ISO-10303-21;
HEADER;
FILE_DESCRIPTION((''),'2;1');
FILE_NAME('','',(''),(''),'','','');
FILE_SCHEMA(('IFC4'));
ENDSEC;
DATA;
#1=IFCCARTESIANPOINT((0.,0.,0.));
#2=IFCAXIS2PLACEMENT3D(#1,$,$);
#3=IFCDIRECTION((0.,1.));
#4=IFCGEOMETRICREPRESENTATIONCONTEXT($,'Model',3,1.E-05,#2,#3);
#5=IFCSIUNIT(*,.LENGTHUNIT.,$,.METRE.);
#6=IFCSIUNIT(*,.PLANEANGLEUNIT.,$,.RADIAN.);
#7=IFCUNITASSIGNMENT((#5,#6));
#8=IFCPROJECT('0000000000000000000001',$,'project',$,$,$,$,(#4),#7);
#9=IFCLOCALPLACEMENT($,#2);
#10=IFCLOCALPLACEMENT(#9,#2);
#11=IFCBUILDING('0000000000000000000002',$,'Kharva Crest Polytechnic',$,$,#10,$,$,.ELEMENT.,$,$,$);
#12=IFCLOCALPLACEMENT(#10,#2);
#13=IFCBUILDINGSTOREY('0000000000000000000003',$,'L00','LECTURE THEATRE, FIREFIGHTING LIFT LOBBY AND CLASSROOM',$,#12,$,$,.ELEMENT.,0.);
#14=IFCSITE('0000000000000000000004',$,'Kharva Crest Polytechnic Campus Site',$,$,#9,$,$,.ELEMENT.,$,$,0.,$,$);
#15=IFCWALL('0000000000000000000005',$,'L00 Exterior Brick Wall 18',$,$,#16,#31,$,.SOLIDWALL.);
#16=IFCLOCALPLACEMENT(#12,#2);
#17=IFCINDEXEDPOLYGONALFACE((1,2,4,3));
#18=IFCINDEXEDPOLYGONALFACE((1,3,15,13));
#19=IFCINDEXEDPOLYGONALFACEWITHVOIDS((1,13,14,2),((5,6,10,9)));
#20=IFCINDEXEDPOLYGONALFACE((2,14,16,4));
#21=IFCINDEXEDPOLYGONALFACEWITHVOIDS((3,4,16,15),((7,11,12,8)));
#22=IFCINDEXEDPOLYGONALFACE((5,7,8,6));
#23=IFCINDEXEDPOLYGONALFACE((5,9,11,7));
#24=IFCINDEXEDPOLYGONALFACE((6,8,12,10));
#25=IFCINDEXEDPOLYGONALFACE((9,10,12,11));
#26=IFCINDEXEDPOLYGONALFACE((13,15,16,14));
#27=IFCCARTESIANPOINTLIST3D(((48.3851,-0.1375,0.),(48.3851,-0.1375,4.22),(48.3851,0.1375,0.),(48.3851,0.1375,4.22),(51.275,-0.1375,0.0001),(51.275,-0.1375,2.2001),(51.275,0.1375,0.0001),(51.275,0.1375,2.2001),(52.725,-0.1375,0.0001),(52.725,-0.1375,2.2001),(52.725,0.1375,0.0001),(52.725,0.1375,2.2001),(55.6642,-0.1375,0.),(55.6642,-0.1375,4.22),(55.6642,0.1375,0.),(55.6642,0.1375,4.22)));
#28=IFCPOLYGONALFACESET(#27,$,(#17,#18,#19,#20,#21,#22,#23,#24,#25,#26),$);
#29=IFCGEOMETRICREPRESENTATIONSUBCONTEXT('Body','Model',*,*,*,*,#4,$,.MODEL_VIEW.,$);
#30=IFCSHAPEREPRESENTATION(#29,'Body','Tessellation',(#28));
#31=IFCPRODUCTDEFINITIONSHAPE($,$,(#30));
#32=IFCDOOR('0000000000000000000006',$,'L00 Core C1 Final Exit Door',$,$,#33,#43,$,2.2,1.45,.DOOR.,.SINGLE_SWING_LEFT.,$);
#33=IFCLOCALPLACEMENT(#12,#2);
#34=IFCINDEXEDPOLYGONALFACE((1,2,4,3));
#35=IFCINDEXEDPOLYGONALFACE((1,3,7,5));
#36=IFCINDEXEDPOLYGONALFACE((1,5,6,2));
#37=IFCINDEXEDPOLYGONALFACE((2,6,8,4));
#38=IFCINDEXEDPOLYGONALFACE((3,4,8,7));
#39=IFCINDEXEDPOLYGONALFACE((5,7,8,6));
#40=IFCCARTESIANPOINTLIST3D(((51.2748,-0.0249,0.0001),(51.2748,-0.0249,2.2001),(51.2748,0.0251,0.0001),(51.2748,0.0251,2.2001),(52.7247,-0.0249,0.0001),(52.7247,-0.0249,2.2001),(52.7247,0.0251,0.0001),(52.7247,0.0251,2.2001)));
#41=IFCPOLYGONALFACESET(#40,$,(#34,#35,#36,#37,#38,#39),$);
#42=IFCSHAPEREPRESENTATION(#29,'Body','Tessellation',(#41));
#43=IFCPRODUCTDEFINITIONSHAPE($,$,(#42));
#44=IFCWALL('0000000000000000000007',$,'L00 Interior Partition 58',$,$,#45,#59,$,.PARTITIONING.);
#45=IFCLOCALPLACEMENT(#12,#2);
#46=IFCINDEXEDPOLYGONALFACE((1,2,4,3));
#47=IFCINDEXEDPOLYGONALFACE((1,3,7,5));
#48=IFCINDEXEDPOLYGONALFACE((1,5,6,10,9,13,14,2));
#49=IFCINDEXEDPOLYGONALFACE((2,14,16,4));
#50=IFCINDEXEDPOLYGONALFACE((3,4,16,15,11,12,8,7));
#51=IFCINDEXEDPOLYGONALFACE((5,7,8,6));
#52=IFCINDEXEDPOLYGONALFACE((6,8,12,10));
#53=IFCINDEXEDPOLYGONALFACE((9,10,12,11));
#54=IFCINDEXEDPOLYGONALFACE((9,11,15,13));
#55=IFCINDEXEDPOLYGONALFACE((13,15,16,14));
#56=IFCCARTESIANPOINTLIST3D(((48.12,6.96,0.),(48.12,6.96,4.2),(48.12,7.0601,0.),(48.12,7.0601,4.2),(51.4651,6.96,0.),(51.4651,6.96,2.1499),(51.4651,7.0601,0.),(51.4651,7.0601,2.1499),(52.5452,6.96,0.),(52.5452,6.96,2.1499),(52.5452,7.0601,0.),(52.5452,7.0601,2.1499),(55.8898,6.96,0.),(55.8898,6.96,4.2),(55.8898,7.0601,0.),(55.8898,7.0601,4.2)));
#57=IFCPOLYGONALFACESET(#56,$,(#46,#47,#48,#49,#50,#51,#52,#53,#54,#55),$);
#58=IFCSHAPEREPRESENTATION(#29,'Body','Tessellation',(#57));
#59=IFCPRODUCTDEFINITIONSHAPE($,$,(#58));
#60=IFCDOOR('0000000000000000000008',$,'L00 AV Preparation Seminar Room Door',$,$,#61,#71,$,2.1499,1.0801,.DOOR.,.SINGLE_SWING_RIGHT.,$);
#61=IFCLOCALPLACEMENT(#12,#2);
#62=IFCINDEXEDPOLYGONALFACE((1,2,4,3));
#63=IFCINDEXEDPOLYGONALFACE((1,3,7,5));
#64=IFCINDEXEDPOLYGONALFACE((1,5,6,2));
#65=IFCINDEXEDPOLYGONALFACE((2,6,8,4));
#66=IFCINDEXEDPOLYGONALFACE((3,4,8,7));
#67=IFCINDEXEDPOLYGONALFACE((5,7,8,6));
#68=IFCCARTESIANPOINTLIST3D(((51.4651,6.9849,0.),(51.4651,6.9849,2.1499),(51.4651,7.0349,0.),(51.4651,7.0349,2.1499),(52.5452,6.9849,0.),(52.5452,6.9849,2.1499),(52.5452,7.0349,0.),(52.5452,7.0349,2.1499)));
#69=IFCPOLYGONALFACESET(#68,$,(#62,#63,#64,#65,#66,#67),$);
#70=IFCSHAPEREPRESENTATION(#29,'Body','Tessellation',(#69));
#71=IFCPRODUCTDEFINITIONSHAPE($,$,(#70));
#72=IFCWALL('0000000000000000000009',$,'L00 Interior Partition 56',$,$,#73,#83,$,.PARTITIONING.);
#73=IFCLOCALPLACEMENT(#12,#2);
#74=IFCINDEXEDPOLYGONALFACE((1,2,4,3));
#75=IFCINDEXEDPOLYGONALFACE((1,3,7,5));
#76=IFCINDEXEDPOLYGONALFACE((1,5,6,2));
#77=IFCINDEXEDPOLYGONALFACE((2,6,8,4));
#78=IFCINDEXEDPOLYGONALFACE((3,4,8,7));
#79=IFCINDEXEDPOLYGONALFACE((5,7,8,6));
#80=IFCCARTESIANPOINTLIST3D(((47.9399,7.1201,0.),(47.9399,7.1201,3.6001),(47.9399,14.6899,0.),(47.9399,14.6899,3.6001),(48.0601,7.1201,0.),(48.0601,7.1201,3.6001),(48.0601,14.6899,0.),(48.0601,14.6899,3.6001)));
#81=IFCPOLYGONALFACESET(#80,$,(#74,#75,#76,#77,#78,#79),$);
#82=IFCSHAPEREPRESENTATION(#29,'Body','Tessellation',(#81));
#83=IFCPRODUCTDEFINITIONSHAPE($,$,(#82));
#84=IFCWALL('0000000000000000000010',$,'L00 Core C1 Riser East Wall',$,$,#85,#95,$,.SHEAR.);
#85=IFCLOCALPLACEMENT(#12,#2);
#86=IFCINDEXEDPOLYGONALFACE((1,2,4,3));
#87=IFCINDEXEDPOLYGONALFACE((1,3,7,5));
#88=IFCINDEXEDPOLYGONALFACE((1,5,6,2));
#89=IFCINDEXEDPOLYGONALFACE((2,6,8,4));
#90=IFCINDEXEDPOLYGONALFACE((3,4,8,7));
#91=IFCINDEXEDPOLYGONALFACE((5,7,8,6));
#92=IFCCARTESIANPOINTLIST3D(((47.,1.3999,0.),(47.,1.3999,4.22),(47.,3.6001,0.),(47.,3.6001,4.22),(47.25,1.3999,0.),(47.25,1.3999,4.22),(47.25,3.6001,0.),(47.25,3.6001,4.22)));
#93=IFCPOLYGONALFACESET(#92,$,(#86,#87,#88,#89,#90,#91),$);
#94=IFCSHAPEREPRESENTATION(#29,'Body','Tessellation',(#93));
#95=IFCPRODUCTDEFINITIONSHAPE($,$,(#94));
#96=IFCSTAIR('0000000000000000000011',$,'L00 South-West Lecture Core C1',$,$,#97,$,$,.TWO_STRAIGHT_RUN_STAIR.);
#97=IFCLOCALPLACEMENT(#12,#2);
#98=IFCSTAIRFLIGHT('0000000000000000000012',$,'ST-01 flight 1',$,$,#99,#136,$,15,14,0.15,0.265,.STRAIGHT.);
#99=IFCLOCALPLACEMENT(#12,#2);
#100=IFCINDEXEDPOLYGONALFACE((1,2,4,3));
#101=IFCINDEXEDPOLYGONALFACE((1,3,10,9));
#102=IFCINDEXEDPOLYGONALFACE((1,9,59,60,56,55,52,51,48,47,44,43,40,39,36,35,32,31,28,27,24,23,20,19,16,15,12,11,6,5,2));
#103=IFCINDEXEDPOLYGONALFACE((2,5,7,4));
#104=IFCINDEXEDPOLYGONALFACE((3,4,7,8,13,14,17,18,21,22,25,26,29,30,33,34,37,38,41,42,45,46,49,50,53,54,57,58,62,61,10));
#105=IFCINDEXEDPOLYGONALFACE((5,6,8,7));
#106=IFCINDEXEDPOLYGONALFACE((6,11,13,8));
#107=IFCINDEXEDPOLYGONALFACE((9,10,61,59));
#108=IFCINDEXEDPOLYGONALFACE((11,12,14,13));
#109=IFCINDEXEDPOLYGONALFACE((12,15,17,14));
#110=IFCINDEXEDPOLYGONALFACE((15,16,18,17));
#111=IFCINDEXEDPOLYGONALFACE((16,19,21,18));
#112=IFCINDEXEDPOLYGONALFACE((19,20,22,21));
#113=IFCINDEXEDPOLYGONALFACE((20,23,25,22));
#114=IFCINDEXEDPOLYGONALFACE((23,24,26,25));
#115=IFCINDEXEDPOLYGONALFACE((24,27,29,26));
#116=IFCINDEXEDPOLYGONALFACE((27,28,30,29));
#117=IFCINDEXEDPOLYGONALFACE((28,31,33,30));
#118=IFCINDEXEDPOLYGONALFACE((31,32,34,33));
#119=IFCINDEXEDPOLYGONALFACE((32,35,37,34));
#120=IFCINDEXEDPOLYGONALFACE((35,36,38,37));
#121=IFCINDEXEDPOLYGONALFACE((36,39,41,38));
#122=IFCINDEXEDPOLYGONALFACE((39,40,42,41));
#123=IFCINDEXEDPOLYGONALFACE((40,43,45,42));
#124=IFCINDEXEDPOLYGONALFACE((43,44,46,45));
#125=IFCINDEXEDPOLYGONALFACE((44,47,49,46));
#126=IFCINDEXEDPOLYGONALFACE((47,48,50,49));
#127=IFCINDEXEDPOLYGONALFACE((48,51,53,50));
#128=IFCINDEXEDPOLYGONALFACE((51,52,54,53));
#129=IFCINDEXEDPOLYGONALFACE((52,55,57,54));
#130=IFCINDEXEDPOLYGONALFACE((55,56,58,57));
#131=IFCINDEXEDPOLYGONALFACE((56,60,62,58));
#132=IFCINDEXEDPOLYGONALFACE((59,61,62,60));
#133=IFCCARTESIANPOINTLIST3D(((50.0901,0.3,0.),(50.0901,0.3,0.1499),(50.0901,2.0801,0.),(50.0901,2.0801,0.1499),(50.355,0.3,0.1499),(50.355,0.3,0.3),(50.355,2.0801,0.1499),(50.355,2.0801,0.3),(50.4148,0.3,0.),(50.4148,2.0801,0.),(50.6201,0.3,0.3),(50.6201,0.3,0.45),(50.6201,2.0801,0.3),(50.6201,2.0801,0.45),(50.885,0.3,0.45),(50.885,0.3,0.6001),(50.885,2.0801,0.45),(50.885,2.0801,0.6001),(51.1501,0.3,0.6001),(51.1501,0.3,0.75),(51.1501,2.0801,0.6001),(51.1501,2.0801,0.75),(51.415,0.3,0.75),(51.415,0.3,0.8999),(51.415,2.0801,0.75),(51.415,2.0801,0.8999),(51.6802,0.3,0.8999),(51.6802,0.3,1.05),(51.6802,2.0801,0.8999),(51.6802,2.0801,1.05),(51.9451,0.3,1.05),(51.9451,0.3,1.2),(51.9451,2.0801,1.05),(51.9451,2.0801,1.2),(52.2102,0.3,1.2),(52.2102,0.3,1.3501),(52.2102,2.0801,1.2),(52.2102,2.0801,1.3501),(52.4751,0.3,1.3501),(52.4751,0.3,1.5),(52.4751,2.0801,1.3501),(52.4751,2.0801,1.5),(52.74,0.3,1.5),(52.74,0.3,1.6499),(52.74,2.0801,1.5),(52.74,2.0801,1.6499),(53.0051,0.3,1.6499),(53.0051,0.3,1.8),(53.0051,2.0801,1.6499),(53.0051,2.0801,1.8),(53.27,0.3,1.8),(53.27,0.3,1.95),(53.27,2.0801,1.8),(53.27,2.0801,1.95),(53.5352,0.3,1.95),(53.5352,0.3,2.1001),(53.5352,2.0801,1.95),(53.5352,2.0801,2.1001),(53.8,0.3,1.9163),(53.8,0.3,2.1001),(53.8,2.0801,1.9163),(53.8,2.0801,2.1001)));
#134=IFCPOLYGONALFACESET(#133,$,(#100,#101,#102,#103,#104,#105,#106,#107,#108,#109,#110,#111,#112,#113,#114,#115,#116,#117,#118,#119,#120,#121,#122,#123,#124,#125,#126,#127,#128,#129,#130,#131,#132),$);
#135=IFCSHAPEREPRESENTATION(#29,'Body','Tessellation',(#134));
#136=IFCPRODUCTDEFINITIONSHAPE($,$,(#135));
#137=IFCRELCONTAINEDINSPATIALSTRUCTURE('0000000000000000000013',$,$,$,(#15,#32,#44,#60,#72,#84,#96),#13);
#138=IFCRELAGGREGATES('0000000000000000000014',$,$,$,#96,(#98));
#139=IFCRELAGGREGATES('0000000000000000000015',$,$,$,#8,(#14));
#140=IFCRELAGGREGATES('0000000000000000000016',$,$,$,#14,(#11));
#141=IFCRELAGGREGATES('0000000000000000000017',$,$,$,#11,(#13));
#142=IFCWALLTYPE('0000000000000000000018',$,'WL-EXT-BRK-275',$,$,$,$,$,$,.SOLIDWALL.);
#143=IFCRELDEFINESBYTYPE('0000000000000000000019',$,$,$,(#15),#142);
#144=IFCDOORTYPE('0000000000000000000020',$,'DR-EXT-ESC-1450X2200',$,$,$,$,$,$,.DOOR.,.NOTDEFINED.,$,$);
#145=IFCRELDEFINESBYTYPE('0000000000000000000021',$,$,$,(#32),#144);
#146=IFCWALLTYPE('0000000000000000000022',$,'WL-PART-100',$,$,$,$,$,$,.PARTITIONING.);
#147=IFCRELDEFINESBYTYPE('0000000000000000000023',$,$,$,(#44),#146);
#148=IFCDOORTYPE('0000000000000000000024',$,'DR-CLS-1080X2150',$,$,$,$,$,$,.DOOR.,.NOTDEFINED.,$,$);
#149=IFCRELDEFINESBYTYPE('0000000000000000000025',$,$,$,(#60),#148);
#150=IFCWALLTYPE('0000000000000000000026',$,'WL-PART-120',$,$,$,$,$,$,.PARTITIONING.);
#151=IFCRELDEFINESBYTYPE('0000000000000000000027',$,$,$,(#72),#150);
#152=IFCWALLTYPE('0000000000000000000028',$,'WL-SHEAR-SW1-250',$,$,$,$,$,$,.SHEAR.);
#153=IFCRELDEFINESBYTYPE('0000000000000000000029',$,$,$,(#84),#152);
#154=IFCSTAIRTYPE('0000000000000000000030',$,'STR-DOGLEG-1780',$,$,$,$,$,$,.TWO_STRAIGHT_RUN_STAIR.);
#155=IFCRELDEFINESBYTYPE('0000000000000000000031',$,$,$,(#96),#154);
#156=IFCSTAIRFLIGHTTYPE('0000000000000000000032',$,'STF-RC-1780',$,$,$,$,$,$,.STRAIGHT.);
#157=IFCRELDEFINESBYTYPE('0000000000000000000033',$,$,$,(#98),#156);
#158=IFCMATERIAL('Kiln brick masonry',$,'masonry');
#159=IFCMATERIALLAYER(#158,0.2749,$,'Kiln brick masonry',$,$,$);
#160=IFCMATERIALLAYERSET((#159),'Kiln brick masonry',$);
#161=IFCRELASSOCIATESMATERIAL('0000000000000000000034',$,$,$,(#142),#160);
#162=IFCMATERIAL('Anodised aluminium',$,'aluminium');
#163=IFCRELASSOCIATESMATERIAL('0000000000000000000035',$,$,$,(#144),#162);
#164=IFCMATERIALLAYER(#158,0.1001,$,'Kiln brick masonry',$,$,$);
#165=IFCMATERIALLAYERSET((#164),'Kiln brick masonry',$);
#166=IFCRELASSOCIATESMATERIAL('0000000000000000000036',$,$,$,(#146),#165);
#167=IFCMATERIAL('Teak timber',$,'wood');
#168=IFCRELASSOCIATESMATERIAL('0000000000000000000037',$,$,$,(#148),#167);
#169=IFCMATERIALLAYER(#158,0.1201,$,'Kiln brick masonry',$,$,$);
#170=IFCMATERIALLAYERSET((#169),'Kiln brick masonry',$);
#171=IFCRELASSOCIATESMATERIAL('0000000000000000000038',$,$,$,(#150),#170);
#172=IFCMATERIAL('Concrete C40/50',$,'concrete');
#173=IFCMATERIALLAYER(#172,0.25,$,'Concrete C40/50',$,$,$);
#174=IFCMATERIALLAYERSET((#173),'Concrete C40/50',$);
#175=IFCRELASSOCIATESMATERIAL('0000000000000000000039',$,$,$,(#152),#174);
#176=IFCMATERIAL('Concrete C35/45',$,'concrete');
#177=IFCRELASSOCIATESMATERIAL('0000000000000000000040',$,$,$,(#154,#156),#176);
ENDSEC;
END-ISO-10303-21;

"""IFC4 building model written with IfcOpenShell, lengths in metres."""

from ifc_helpers import new_model, si_unit, direction, frame, frame_2d, origin, place, context, subcontext, project, spatial, polyline, rectangle, outline, extrude, material, layer, layer_set, type_object, element, fill, aggregate, save


model = new_model("IFC4")

# Units and contexts
model_context = context("Model", 3, precision=1e-05, world=origin(), true_north=direction((0.0, 1.0)))
body_context = subcontext(model_context, "Body", "Model", "MODEL_VIEW")
ifc_project = project(units=[si_unit("LENGTHUNIT", "METRE"), si_unit("PLANEANGLEUNIT", "RADIAN")], contexts=[model_context])

# Site, building, storey
site_placement = place(None, origin())
site = spatial("IfcSite", under=ifc_project, at=site_placement, Name="Kharva Crest Polytechnic Campus Site", CompositionType="ELEMENT", RefElevation=0.0)
building_placement = place(site_placement, origin())
building = spatial("IfcBuilding", under=site, at=building_placement, Name="Kharva Crest Polytechnic", CompositionType="ELEMENT")
storey_placement = place(building_placement, origin())
storey = spatial("IfcBuildingStorey", under=building, at=storey_placement, Name="L00", Description="LECTURE THEATRE, FIREFIGHTING LIFT LOBBY AND CLASSROOM", CompositionType="ELEMENT", Elevation=0.0)

# Shared definitions
ifc_material_1 = material(Name="Concrete C35/45", Category="concrete")

# Shared definitions
ifc_material_2 = material(Name="Concrete C40/50", Category="concrete")

# Shared definitions
ifc_material_3 = material(Name="Teak timber", Category="wood")

# Walls, openings, doors
ifc_material_4 = material(Name="Kiln brick masonry", Category="masonry")
ifc_layer_1 = layer(ifc_material_4, 0.2749, Name="Kiln brick masonry")
ifc_layer_set_1 = layer_set([ifc_layer_1], Name="Kiln brick masonry")
wall_type_1 = type_object("IfcWallType", Name="WL-EXT-BRK-275", PredefinedType="SOLIDWALL", material=ifc_layer_set_1)
wall_1_placement = place(storey_placement, frame((48.385, 0.0, 0.0), z_axis=(0.0, 0.0, 1.0), x_axis=(1.0, 0.0, 0.0)))
wall_1 = element("IfcWall", 1, at=wall_1_placement, inside=storey, type_object=wall_type_1, Name="L00 Exterior Brick Wall 18", PredefinedType="SOLIDWALL", context=body_context, shape_type="SweptSolid", body=[
    extrude(rectangle(XDim=7.2791, YDim=0.2749, at=frame_2d((3.6396, 0.0))), origin(), (0.0, 0.0, 1.0), 4.22),
])
opening_1_placement = place(wall_1_placement, frame((2.8899, 0.0, 0.0)))
opening_1 = element("IfcOpeningElement", 2, at=opening_1_placement, cuts=wall_1, PredefinedType="OPENING", context=body_context, shape_type="SweptSolid", body=[
    extrude(rectangle(XDim=1.45, YDim=2.2, at=frame_2d((0.7251, 1.1001))), frame((0.0, 0.1475, 0.0), z_axis=(0.0, -1.0, 0.0), x_axis=(1.0, 0.0, 0.0)), (0.0, 0.0, 1.0), 0.2949),
])
ifc_material_5 = material(Name="Anodised aluminium", Category="aluminium")
door_type_1 = type_object("IfcDoorType", Name="DR-EXT-ESC-1450X2200", OperationType="NOTDEFINED", PredefinedType="DOOR", material=ifc_material_5)
door_1_placement = place(opening_1_placement, frame((1.45, 0.0, 0.0), z_axis=(0.0, 0.0, 1.0), x_axis=(-1.0, 0.0, 0.0)))
door_1 = element("IfcDoor", 3, at=door_1_placement, inside=storey, type_object=door_type_1, Name="L00 Core C1 Final Exit Door", OperationType="SINGLE_SWING_LEFT", OverallHeight=2.2, OverallWidth=1.45, PredefinedType="DOOR", context=body_context, shape_type="SweptSolid", body=[
    extrude(rectangle(XDim=1.45, YDim=2.2, at=frame_2d((0.7251, 1.1001))), frame((0.0, 0.0249, 0.0), z_axis=(0.0, -1.0, 0.0), x_axis=(1.0, 0.0, 0.0)), (0.0, 0.0, 1.0), 0.05),
])
fill(opening_1, door_1)
ifc_layer_2 = layer(ifc_material_4, 0.1001, Name="Kiln brick masonry")
ifc_layer_set_2 = layer_set([ifc_layer_2], Name="Kiln brick masonry")
wall_type_2 = type_object("IfcWallType", Name="WL-PART-100", PredefinedType="PARTITIONING", material=ifc_layer_set_2)
wall_2_placement = place(storey_placement, frame((48.1201, 7.01, 0.0), z_axis=(0.0, 0.0, 1.0), x_axis=(1.0, 0.0, 0.0)))
wall_2 = element("IfcWall", 4, at=wall_2_placement, inside=storey, type_object=wall_type_2, Name="L00 Interior Partition 58", PredefinedType="PARTITIONING", context=body_context, shape_type="SweptSolid", body=[
    extrude(rectangle(XDim=7.7698, YDim=0.1001, at=frame_2d((3.8848, 0.0))), origin(), (0.0, 0.0, 1.0), 4.2),
])
opening_2_placement = place(wall_2_placement, frame((3.345, 0.0, 0.0)))
opening_2 = element("IfcOpeningElement", 5, at=opening_2_placement, cuts=wall_2, PredefinedType="OPENING", context=body_context, shape_type="SweptSolid", body=[
    extrude(rectangle(XDim=1.0801, YDim=2.1499, at=frame_2d((0.54, 1.075))), frame((0.0, 0.0601, 0.0), z_axis=(0.0, -1.0, 0.0), x_axis=(1.0, 0.0, 0.0)), (0.0, 0.0, 1.0), 0.1201),
])
door_type_2 = type_object("IfcDoorType", Name="DR-CLS-1080X2150", OperationType="NOTDEFINED", PredefinedType="DOOR", material=ifc_material_3)
door_2_placement = place(opening_2_placement, origin())
door_2 = element("IfcDoor", 6, at=door_2_placement, inside=storey, type_object=door_type_2, Name="L00 AV Preparation Seminar Room Door", OperationType="SINGLE_SWING_RIGHT", OverallHeight=2.1499, OverallWidth=1.0801, PredefinedType="DOOR", context=body_context, shape_type="SweptSolid", body=[
    extrude(rectangle(XDim=1.0801, YDim=2.1499, at=frame_2d((0.54, 1.075))), frame((0.0, 0.0249, 0.0), z_axis=(0.0, -1.0, 0.0), x_axis=(1.0, 0.0, 0.0)), (0.0, 0.0, 1.0), 0.05),
])
fill(opening_2, door_2)

# Walls
ifc_layer_3 = layer(ifc_material_4, 0.1201, Name="Kiln brick masonry")
ifc_layer_set_3 = layer_set([ifc_layer_3], Name="Kiln brick masonry")
wall_type_3 = type_object("IfcWallType", Name="WL-PART-120", PredefinedType="PARTITIONING", material=ifc_layer_set_3)
wall_3_placement = place(storey_placement, frame((48.0, 7.1201, 0.0), z_axis=(0.0, 0.0, 1.0), x_axis=(0.0, 1.0, 0.0)))
element("IfcWall", 7, at=wall_3_placement, inside=storey, type_object=wall_type_3, Name="L00 Interior Partition 56", PredefinedType="PARTITIONING", context=body_context, shape_type="SweptSolid", body=[
    extrude(rectangle(XDim=7.5698, YDim=0.1201, at=frame_2d((3.7849, 0.0))), origin(), (0.0, 0.0, 1.0), 3.6001),
])
ifc_layer_4 = layer(ifc_material_2, 0.25, Name="Concrete C40/50")
ifc_layer_set_4 = layer_set([ifc_layer_4], Name="Concrete C40/50")
wall_type_4 = type_object("IfcWallType", Name="WL-SHEAR-SW1-250", PredefinedType="SHEAR", material=ifc_layer_set_4)
wall_4_placement = place(storey_placement, frame((47.125, 1.3999, 0.0), z_axis=(0.0, 0.0, 1.0), x_axis=(0.0, 1.0, 0.0)))
element("IfcWall", 8, at=wall_4_placement, inside=storey, type_object=wall_type_4, Name="L00 Core C1 Riser East Wall", PredefinedType="SHEAR", context=body_context, shape_type="SweptSolid", body=[
    extrude(rectangle(XDim=2.2002, YDim=0.25, at=frame_2d((1.1001, 0.0))), origin(), (0.0, 0.0, 1.0), 4.22),
])

# Stair, stair flight
stair_type = type_object("IfcStairType", Name="STR-DOGLEG-1780", PredefinedType="TWO_STRAIGHT_RUN_STAIR", material=ifc_material_1)
stair_placement = place(storey_placement, origin())
stair = element("IfcStair", 9, at=stair_placement, inside=storey, type_object=stair_type, Name="L00 South-West Lecture Core C1", PredefinedType="TWO_STRAIGHT_RUN_STAIR")
stair_flight_type = type_object("IfcStairFlightType", Name="STF-RC-1780", PredefinedType="STRAIGHT", material=ifc_material_1)
stair_flight_1_placement = place(storey_placement, frame((50.0901, 1.1899, 0.0), z_axis=(0.0, 0.0, 1.0), x_axis=(1.0, 0.0, 0.0)))
stair_flight_1 = element("IfcStairFlight", 10, at=stair_flight_1_placement, type_object=stair_flight_type, Name="ST-01 flight 1", NumberOfRisers=15, NumberOfTreads=14, PredefinedType="STRAIGHT", RiserHeight=0.15, TreadLength=0.265, context=body_context, shape_type="SweptSolid", body=[
    extrude(outline(polyline([(0.0, 0.0), (0.0, 0.1499), (0.2649, 0.1499), (0.2649, 0.3), (0.53, 0.3), (0.53, 0.45), (0.7949, 0.45), (0.7949, 0.6001), (1.0601, 0.6001), (1.0601, 0.75), (1.325, 0.75), (1.325, 0.8999), (1.5901, 0.8999), (1.5901, 1.05), (1.855, 1.05), (1.855, 1.2), (2.1201, 1.2), (2.1201, 1.3501), (2.385, 1.3501), (2.385, 1.5), (2.6499, 1.5), (2.6499, 1.6499), (2.915, 1.6499), (2.915, 1.8), (3.1799, 1.8), (3.1799, 1.95), (3.4451, 1.95), (3.4451, 2.1001), (3.71, 2.1001), (3.71, 2.25), (3.71, 1.9163), (0.3247, 0.0), (0.0, 0.0)])), frame((0.0, 0.8901, 0.0), z_axis=(0.0, -1.0, 0.0), x_axis=(1.0, 0.0, 0.0)), (0.0, 0.0, 1.0), 1.78),
])
aggregate(stair, [stair_flight_1])

save(model, "model.ifc")
